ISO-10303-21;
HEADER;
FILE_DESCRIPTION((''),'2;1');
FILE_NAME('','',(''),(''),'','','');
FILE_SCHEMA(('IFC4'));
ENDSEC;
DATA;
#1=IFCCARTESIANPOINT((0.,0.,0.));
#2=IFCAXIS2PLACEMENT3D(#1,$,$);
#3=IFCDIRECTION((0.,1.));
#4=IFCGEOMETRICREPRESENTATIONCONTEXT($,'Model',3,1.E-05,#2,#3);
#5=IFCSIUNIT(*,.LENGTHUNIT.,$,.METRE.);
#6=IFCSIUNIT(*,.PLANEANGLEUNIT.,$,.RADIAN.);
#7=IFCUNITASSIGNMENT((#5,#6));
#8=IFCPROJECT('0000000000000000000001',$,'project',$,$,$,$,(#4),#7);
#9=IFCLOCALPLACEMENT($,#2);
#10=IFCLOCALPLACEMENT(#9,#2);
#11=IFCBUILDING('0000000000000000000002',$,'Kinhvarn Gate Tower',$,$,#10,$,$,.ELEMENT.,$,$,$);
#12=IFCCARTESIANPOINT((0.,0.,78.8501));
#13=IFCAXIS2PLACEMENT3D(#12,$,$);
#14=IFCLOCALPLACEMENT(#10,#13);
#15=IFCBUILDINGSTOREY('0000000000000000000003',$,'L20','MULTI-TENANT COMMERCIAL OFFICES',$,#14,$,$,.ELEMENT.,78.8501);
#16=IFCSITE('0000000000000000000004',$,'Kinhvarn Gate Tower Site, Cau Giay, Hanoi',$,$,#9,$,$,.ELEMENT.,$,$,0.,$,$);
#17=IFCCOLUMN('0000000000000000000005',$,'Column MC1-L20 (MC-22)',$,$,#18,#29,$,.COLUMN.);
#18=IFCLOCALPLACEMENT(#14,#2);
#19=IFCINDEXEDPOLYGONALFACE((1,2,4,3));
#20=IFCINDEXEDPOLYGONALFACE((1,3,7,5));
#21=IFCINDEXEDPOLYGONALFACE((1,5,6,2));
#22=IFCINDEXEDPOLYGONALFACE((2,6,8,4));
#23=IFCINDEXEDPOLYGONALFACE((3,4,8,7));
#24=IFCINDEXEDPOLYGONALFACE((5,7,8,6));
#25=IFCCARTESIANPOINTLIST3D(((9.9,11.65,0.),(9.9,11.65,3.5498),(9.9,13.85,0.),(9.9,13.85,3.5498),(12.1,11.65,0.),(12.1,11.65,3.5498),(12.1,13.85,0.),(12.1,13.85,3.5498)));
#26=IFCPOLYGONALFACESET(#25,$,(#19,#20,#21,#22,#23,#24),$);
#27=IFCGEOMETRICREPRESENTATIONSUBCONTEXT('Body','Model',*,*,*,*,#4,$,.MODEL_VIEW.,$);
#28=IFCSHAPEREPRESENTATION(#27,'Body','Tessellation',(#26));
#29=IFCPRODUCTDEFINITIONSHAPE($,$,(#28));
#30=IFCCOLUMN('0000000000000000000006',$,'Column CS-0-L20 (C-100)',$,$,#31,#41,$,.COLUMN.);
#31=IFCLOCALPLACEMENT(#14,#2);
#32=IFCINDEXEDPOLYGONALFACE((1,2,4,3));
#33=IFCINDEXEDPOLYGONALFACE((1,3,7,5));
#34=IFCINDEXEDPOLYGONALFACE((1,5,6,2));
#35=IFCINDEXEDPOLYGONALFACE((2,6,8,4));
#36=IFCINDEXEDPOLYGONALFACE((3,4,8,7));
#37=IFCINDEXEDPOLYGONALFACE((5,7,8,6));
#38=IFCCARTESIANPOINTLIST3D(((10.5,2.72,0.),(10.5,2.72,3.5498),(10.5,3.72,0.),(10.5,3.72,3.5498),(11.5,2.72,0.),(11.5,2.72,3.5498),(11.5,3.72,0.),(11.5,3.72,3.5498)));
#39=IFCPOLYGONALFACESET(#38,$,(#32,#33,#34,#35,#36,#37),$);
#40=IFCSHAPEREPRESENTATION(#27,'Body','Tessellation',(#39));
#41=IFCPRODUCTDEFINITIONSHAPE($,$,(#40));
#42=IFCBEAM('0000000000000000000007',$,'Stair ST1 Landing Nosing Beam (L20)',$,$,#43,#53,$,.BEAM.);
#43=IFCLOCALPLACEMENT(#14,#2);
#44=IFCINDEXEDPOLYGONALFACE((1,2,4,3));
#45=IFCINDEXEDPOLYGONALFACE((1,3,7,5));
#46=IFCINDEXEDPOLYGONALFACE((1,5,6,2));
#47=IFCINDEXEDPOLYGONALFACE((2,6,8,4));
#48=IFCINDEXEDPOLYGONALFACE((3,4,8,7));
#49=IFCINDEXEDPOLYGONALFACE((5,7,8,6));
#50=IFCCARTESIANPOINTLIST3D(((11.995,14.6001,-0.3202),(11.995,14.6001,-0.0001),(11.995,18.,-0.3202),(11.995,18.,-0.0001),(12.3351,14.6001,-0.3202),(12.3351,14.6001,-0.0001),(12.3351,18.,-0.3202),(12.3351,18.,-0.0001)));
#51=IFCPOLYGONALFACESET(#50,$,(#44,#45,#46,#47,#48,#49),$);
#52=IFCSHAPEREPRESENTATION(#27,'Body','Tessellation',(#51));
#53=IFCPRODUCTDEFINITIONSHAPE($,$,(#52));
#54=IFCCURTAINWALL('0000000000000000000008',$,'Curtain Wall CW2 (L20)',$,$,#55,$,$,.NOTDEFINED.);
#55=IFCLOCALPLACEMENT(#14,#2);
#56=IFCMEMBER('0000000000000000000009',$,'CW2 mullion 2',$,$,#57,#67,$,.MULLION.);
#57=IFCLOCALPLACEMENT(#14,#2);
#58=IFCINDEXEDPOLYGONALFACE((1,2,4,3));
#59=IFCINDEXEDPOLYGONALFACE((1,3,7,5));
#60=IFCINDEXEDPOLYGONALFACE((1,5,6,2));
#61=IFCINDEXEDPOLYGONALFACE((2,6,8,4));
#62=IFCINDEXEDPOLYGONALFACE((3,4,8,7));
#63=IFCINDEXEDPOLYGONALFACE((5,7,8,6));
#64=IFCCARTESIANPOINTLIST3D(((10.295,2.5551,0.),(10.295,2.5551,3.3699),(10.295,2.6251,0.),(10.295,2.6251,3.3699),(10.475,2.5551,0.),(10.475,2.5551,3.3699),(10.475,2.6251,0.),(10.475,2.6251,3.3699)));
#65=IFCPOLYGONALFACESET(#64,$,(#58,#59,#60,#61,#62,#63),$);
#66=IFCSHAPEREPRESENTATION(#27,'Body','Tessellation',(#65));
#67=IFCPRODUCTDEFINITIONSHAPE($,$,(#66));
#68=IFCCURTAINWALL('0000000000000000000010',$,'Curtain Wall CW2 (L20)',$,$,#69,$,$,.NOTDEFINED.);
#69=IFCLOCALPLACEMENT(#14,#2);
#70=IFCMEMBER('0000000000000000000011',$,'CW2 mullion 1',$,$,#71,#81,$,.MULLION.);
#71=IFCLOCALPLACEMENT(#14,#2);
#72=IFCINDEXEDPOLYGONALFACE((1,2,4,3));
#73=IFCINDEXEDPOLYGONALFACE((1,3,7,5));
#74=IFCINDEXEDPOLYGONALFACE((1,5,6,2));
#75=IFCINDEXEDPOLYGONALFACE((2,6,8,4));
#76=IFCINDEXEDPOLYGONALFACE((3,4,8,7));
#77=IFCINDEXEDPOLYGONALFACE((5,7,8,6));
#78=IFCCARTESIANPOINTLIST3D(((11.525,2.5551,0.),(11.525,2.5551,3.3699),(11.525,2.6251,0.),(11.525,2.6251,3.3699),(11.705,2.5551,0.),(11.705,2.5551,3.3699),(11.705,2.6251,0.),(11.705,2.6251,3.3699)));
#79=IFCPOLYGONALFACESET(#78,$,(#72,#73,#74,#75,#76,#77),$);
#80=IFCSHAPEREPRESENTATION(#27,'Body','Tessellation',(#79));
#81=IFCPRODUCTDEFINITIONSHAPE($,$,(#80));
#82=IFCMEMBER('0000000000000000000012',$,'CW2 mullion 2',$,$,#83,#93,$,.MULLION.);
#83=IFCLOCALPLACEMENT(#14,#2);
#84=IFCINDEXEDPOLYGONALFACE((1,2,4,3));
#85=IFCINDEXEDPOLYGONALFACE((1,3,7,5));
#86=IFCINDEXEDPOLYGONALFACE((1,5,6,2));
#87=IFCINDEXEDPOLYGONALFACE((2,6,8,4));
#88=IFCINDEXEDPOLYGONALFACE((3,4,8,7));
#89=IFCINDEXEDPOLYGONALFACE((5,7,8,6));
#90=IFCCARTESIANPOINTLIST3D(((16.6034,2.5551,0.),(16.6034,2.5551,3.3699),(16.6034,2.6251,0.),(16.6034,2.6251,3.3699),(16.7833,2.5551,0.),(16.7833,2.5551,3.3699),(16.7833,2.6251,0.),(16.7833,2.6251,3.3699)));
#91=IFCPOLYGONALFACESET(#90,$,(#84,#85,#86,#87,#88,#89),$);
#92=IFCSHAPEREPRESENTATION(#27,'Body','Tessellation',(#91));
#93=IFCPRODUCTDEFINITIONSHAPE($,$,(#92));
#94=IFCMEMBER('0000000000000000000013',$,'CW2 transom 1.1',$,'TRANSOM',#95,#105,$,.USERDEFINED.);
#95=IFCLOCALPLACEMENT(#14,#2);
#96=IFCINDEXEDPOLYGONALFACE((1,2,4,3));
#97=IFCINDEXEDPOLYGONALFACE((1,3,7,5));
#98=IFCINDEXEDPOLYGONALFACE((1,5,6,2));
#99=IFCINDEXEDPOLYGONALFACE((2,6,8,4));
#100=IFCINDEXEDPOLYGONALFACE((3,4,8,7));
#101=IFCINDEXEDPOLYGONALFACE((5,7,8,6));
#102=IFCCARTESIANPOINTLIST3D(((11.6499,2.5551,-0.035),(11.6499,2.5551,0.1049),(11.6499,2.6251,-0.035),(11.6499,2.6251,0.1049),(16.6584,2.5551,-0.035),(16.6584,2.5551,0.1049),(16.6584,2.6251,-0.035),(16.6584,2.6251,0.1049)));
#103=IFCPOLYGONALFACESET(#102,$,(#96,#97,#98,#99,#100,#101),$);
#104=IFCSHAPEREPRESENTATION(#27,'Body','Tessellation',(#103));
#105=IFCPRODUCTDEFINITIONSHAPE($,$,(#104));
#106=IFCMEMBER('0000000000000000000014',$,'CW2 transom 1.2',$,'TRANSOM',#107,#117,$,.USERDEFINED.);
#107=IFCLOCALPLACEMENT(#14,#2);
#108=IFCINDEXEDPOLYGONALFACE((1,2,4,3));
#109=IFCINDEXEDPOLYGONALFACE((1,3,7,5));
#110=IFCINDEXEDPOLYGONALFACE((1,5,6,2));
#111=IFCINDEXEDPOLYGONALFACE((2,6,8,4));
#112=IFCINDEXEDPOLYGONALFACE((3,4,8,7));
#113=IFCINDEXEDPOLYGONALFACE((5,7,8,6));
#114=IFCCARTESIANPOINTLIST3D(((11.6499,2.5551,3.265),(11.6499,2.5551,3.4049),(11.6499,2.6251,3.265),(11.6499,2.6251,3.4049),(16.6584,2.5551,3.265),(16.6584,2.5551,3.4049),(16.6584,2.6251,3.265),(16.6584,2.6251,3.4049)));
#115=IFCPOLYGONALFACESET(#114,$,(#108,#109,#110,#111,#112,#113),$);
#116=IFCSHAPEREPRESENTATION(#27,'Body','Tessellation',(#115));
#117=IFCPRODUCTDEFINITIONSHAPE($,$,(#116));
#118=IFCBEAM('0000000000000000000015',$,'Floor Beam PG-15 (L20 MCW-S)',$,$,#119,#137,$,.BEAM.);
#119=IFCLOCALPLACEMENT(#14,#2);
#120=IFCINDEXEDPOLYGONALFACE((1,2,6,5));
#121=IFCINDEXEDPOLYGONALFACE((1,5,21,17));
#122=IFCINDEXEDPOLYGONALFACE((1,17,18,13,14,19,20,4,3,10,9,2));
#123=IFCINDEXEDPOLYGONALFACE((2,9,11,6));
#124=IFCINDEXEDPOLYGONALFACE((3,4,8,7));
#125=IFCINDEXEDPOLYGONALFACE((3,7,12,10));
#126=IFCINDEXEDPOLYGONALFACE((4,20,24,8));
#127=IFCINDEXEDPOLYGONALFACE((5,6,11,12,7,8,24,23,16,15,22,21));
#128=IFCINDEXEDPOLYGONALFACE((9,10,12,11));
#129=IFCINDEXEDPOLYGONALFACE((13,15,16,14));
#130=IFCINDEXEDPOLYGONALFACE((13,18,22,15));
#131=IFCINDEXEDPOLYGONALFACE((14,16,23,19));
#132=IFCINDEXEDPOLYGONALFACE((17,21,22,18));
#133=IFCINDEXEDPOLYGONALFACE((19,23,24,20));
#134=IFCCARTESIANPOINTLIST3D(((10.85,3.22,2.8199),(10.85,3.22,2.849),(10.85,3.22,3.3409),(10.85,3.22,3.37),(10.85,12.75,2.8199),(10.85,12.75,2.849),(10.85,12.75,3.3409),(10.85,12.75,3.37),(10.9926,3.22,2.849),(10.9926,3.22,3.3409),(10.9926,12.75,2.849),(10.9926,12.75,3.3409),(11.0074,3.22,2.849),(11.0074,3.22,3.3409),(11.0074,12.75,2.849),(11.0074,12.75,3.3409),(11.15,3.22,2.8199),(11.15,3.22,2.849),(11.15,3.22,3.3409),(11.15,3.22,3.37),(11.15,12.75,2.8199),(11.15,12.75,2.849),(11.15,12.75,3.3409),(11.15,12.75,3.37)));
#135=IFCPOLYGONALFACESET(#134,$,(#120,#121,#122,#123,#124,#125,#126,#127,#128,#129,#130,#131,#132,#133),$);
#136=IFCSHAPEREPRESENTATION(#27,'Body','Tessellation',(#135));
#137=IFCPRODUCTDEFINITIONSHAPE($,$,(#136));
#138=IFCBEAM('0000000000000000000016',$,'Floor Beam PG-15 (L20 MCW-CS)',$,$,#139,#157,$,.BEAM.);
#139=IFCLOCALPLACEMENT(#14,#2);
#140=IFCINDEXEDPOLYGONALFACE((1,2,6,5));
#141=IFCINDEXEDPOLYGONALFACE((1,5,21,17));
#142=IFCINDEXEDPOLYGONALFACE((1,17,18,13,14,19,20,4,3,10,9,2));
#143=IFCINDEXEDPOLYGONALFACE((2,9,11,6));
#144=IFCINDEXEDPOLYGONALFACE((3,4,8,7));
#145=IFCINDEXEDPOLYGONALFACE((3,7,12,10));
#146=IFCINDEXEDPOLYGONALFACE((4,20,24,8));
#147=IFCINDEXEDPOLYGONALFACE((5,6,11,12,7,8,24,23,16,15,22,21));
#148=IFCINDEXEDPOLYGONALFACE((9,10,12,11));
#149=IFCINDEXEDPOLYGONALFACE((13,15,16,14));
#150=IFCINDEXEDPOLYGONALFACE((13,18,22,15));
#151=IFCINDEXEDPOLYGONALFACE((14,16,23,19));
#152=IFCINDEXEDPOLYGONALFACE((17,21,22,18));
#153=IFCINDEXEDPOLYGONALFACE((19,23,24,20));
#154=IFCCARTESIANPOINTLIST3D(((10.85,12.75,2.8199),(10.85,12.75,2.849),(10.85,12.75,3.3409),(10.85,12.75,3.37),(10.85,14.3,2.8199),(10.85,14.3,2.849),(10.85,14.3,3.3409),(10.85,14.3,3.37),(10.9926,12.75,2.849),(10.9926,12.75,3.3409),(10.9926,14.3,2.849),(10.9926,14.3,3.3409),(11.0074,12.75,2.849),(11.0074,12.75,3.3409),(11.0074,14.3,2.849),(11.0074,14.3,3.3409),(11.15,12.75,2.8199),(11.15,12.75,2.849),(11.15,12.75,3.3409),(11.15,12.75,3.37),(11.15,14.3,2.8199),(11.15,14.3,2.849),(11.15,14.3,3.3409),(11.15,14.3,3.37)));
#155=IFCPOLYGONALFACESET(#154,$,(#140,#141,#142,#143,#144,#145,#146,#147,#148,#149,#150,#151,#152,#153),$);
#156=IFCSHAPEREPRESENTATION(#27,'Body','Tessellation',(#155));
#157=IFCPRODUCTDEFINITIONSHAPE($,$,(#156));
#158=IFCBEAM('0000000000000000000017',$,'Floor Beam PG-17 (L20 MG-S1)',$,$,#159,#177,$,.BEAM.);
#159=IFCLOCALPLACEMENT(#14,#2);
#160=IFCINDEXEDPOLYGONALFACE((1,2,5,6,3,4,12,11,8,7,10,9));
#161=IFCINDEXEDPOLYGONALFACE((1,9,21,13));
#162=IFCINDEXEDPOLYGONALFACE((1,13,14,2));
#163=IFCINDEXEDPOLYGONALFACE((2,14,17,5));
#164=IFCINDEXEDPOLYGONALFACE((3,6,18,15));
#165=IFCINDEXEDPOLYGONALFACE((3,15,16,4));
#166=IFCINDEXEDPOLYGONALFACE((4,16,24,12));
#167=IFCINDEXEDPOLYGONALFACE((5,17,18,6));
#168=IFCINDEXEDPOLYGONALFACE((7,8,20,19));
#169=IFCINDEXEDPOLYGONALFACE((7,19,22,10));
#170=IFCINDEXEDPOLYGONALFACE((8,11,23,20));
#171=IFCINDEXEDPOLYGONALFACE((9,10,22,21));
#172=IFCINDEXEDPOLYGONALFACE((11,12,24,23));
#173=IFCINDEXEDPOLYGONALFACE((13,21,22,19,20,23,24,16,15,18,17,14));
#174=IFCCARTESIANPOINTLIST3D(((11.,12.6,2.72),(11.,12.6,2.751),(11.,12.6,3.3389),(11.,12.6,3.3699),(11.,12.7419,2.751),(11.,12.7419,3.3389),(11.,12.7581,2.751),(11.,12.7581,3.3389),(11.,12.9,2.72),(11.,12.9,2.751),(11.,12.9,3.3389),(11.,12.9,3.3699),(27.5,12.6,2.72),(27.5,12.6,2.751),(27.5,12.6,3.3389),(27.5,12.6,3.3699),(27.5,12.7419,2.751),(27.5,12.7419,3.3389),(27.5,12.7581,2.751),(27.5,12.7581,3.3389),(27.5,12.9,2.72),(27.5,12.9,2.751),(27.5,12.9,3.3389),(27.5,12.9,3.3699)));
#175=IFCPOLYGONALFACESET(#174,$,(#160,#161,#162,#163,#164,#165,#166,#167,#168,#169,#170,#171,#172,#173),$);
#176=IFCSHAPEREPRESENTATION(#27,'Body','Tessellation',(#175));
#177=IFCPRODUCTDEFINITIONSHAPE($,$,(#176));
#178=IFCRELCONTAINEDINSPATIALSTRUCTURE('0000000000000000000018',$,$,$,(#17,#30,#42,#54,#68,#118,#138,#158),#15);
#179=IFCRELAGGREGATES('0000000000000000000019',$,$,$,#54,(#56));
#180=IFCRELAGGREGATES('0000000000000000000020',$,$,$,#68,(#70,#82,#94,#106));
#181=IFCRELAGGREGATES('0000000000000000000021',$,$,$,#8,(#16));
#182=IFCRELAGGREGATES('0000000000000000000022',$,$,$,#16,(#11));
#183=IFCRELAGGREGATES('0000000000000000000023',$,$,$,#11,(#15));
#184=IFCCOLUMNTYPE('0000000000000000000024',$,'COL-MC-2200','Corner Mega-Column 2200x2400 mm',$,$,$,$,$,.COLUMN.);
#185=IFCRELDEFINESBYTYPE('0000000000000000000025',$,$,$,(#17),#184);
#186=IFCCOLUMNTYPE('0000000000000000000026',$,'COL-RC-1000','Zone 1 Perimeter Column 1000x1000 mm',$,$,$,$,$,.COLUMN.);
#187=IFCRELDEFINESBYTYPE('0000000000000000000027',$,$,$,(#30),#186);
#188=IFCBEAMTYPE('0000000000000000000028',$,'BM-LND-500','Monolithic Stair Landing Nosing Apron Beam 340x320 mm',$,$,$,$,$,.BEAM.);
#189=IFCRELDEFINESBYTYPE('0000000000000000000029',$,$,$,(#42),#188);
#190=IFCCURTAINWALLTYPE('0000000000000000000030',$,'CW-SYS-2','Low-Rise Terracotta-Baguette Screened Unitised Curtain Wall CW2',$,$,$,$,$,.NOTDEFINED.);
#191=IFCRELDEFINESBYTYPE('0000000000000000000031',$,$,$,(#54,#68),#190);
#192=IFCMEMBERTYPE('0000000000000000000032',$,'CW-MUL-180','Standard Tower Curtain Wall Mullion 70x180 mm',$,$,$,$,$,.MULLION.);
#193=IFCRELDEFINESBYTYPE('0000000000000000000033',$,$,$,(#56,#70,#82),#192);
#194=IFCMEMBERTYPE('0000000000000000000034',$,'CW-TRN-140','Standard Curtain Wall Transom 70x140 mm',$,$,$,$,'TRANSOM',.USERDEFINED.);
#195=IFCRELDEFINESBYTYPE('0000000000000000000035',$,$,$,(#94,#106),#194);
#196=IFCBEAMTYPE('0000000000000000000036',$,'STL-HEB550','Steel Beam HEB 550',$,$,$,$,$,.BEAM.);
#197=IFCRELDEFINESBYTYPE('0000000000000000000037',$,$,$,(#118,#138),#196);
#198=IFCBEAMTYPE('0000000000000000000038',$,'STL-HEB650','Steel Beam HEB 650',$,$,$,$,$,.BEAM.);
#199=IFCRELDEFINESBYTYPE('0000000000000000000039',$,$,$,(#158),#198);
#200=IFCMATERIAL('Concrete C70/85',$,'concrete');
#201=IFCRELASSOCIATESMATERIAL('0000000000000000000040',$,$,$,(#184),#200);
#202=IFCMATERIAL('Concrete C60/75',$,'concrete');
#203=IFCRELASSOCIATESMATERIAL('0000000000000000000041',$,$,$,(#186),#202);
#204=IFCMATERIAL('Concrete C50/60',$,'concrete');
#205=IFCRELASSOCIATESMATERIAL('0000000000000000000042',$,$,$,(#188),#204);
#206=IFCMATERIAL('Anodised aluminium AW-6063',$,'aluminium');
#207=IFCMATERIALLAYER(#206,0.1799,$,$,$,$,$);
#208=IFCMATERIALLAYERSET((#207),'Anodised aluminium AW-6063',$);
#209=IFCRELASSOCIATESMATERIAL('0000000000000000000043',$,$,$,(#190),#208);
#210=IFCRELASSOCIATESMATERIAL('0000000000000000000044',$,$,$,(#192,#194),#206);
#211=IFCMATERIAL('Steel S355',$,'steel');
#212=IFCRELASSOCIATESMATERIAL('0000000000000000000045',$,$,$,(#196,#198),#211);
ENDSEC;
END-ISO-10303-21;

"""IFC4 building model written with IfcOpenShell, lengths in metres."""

from ifc_helpers import new_model, si_unit, direction, frame, origin, origin_2d, place, context, subcontext, project, spatial, rectangle, i_section, extrude, material, layer, layer_set, material_profile, profile_set, type_object, element, aggregate, save


model = new_model("IFC4")

# Units and contexts
model_context = context("Model", 3, precision=1e-05, world=origin(), true_north=direction((0.0, 1.0)))
body_context = subcontext(model_context, "Body", "Model", "MODEL_VIEW")
ifc_project = project(units=[si_unit("LENGTHUNIT", "METRE"), si_unit("PLANEANGLEUNIT", "RADIAN")], contexts=[model_context])

# Site, building, storey
site_placement = place(None, origin())
site = spatial("IfcSite", under=ifc_project, at=site_placement, Name="Kinhvarn Gate Tower Site, Cau Giay, Hanoi", CompositionType="ELEMENT", RefElevation=0.0)
building_placement = place(site_placement, origin())
building = spatial("IfcBuilding", under=site, at=building_placement, Name="Kinhvarn Gate Tower", CompositionType="ELEMENT")
storey_placement = place(building_placement, frame((0.0, 0.0, 78.8501)))
storey = spatial("IfcBuildingStorey", under=building, at=storey_placement, Name="L20", Description="MULTI-TENANT COMMERCIAL OFFICES", CompositionType="ELEMENT", Elevation=78.8501)

# Columns
ifc_material_1 = material(Name="Concrete C70/85", Category="concrete")
ifc_material_profile_1 = material_profile(ifc_material_1, rectangle(XDim=2.2, YDim=2.2, at=origin_2d()), Name="RC 2200x2200")
ifc_profile_set_1 = profile_set([ifc_material_profile_1], Name="Concrete C70/85")
column_type_1 = type_object("IfcColumnType", Name="COL-MC-2200", Description="Corner Mega-Column 2200x2400 mm", PredefinedType="COLUMN", material=ifc_profile_set_1)
column_1_placement = place(storey_placement, frame((11.0, 12.75, 0.0), z_axis=(0.0, 0.0, 1.0), x_axis=(1.0, 0.0, 0.0)))
element("IfcColumn", 1, at=column_1_placement, inside=storey, type_object=column_type_1, Name="Column MC1-L20 (MC-22)", PredefinedType="COLUMN", context=body_context, shape_type="SweptSolid", body=[
    extrude(rectangle(XDim=2.2, YDim=2.2, at=origin_2d()), origin(), (0.0, 0.0, 1.0), 3.5498),
])
ifc_material_2 = material(Name="Concrete C60/75", Category="concrete")
ifc_material_profile_2 = material_profile(ifc_material_2, rectangle(XDim=1.0, YDim=1.0, at=origin_2d()), Name="RC 1000x1000")
ifc_profile_set_2 = profile_set([ifc_material_profile_2], Name="Concrete C60/75")
column_type_2 = type_object("IfcColumnType", Name="COL-RC-1000", Description="Zone 1 Perimeter Column 1000x1000 mm", PredefinedType="COLUMN", material=ifc_profile_set_2)
column_2_placement = place(storey_placement, frame((11.0, 3.22, 0.0), z_axis=(0.0, 0.0, 1.0), x_axis=(1.0, 0.0, 0.0)))
element("IfcColumn", 2, at=column_2_placement, inside=storey, type_object=column_type_2, Name="Column CS-0-L20 (C-100)", PredefinedType="COLUMN", context=body_context, shape_type="SweptSolid", body=[
    extrude(rectangle(XDim=1.0, YDim=1.0, at=origin_2d()), origin(), (0.0, 0.0, 1.0), 3.5498),
])

# Beam
ifc_material_3 = material(Name="Concrete C50/60", Category="concrete")
ifc_material_profile_3 = material_profile(ifc_material_3, rectangle(XDim=0.3401, YDim=0.3201, at=origin_2d()), Name="RC 340x320")
ifc_profile_set_3 = profile_set([ifc_material_profile_3], Name="Concrete C50/60")
beam_type_1 = type_object("IfcBeamType", Name="BM-LND-500", Description="Monolithic Stair Landing Nosing Apron Beam 340x320 mm", PredefinedType="BEAM", material=ifc_profile_set_3)
beam_1_placement = place(storey_placement, frame((12.165, 14.6001, -0.1602), z_axis=(0.0, 1.0, 0.0), x_axis=(-1.0, 0.0, 0.0)))
element("IfcBeam", 3, at=beam_1_placement, inside=storey, type_object=beam_type_1, Name="Stair ST1 Landing Nosing Beam (L20)", PredefinedType="BEAM", context=body_context, shape_type="SweptSolid", body=[
    extrude(rectangle(XDim=0.3401, YDim=0.3201, at=origin_2d()), origin(), (0.0, 0.0, 1.0), 3.3999),
])

# Curtain wall, member
ifc_material_4 = material(Name="Anodised aluminium AW-6063", Category="aluminium")
ifc_layer_1 = layer(ifc_material_4, 0.1799)
ifc_layer_set_1 = layer_set([ifc_layer_1], Name="Anodised aluminium AW-6063")
curtain_wall_type = type_object("IfcCurtainWallType", Name="CW-SYS-2", Description="Low-Rise Terracotta-Baguette Screened Unitised Curtain Wall CW2", PredefinedType="NOTDEFINED", material=ifc_layer_set_1)
curtain_wall_1_placement = place(storey_placement, origin())
curtain_wall_1 = element("IfcCurtainWall", 4, at=curtain_wall_1_placement, inside=storey, type_object=curtain_wall_type, Name="Curtain Wall CW2 (L20)", PredefinedType="NOTDEFINED")
ifc_material_profile_4 = material_profile(ifc_material_4, rectangle(XDim=0.0701, YDim=0.1799, at=origin_2d()), Name="ALU 70x180")
ifc_profile_set_4 = profile_set([ifc_material_profile_4], Name="Anodised aluminium AW-6063")
member_type_1 = type_object("IfcMemberType", Name="CW-MUL-180", Description="Standard Tower Curtain Wall Mullion 70x180 mm", PredefinedType="MULLION", material=ifc_profile_set_4)
member_1_placement = place(storey_placement, frame((10.385, 2.5901, 0.0), z_axis=(0.0, 0.0, 1.0), x_axis=(0.0, 1.0, 0.0)))
member_1 = element("IfcMember", 5, at=member_1_placement, type_object=member_type_1, Name="CW2 mullion 2", PredefinedType="MULLION", context=body_context, shape_type="SweptSolid", body=[
    extrude(rectangle(XDim=0.0701, YDim=0.1799, at=origin_2d()), origin(), (0.0, 0.0, 1.0), 3.3699),
])
aggregate(curtain_wall_1, [member_1])

# Curtain wall, members
curtain_wall_2_placement = place(storey_placement, origin())
curtain_wall_2 = element("IfcCurtainWall", 6, at=curtain_wall_2_placement, inside=storey, type_object=curtain_wall_type, Name="Curtain Wall CW2 (L20)", PredefinedType="NOTDEFINED")
member_2_placement = place(storey_placement, frame((11.615, 2.5901, 0.0), z_axis=(0.0, 0.0, 1.0), x_axis=(0.0, 1.0, 0.0)))
member_2 = element("IfcMember", 7, at=member_2_placement, type_object=member_type_1, Name="CW2 mullion 1", PredefinedType="MULLION", context=body_context, shape_type="SweptSolid", body=[
    extrude(rectangle(XDim=0.0701, YDim=0.1799, at=origin_2d()), origin(), (0.0, 0.0, 1.0), 3.3699),
])
member_3_placement = place(storey_placement, frame((16.6934, 2.5901, 0.0), z_axis=(0.0, 0.0, 1.0), x_axis=(0.0, 1.0, 0.0)))
member_3 = element("IfcMember", 8, at=member_3_placement, type_object=member_type_1, Name="CW2 mullion 2", PredefinedType="MULLION", context=body_context, shape_type="SweptSolid", body=[
    extrude(rectangle(XDim=0.0701, YDim=0.1799, at=origin_2d()), origin(), (0.0, 0.0, 1.0), 3.3699),
])
ifc_material_profile_5 = material_profile(ifc_material_4, rectangle(XDim=0.0701, YDim=0.1399, at=origin_2d()), Name="ALU 70x140")
ifc_profile_set_5 = profile_set([ifc_material_profile_5], Name="Anodised aluminium AW-6063")
member_type_2 = type_object("IfcMemberType", Name="CW-TRN-140", Description="Standard Curtain Wall Transom 70x140 mm", ElementType="TRANSOM", PredefinedType="USERDEFINED", material=ifc_profile_set_5)
member_4_placement = place(storey_placement, frame((11.6499, 2.5901, 0.0349), z_axis=(1.0, 0.0, 0.0), x_axis=(0.0, 1.0, 0.0)))
member_4 = element("IfcMember", 9, at=member_4_placement, type_object=member_type_2, Name="CW2 transom 1.1", ObjectType="TRANSOM", PredefinedType="USERDEFINED", context=body_context, shape_type="SweptSolid", body=[
    extrude(rectangle(XDim=0.0701, YDim=0.1399, at=origin_2d()), origin(), (0.0, 0.0, 1.0), 5.0085),
])
member_5_placement = place(storey_placement, frame((11.6499, 2.5901, 3.335), z_axis=(1.0, 0.0, 0.0), x_axis=(0.0, 1.0, 0.0)))
member_5 = element("IfcMember", 10, at=member_5_placement, type_object=member_type_2, Name="CW2 transom 1.2", ObjectType="TRANSOM", PredefinedType="USERDEFINED", context=body_context, shape_type="SweptSolid", body=[
    extrude(rectangle(XDim=0.0701, YDim=0.1399, at=origin_2d()), origin(), (0.0, 0.0, 1.0), 5.0085),
])

# Beams
ifc_material_5 = material(Name="Steel S355", Category="steel")
ifc_material_profile_6 = material_profile(ifc_material_5, i_section(OverallWidth=0.3, OverallDepth=0.55, WebThickness=0.0149, FlangeThickness=0.0291, at=origin_2d()), Name="HEB 550")
ifc_profile_set_6 = profile_set([ifc_material_profile_6], Name="Steel S355")
beam_type_2 = type_object("IfcBeamType", Name="STL-HEB550", Description="Steel Beam HEB 550", PredefinedType="BEAM", material=ifc_profile_set_6)
beam_2_placement = place(storey_placement, frame((11.0, 3.22, 3.095), z_axis=(0.0, 1.0, 0.0), x_axis=(-1.0, 0.0, 0.0)))
element("IfcBeam", 11, at=beam_2_placement, inside=storey, type_object=beam_type_2, Name="Floor Beam PG-15 (L20 MCW-S)", PredefinedType="BEAM", context=body_context, shape_type="SweptSolid", body=[
    extrude(i_section(OverallWidth=0.3, OverallDepth=0.55, WebThickness=0.0149, FlangeThickness=0.0291, at=origin_2d()), origin(), (0.0, 0.0, 1.0), 9.53),
])
beam_3_placement = place(storey_placement, frame((11.0, 12.75, 3.095), z_axis=(0.0, 1.0, 0.0), x_axis=(-1.0, 0.0, 0.0)))
element("IfcBeam", 12, at=beam_3_placement, inside=storey, type_object=beam_type_2, Name="Floor Beam PG-15 (L20 MCW-CS)", PredefinedType="BEAM", context=body_context, shape_type="SweptSolid", body=[
    extrude(i_section(OverallWidth=0.3, OverallDepth=0.55, WebThickness=0.0149, FlangeThickness=0.0291, at=origin_2d()), origin(), (0.0, 0.0, 1.0), 1.55),
])
ifc_material_profile_7 = material_profile(ifc_material_5, i_section(OverallWidth=0.3, OverallDepth=0.6499, WebThickness=0.0161, FlangeThickness=0.031, at=origin_2d()), Name="HEB 650")
ifc_profile_set_7 = profile_set([ifc_material_profile_7], Name="Steel S355")
beam_type_3 = type_object("IfcBeamType", Name="STL-HEB650", Description="Steel Beam HEB 650", PredefinedType="BEAM", material=ifc_profile_set_7)
beam_4_placement = place(storey_placement, frame((11.0, 12.75, 3.0449), z_axis=(1.0, 0.0, 0.0), x_axis=(0.0, 1.0, 0.0)))
element("IfcBeam", 13, at=beam_4_placement, inside=storey, type_object=beam_type_3, Name="Floor Beam PG-17 (L20 MG-S1)", PredefinedType="BEAM", context=body_context, shape_type="SweptSolid", body=[
    extrude(i_section(OverallWidth=0.3, OverallDepth=0.6499, WebThickness=0.0161, FlangeThickness=0.031, at=origin_2d()), origin(), (0.0, 0.0, 1.0), 16.5),
])

aggregate(curtain_wall_2, [member_2, member_3, member_4, member_5])

save(model, "model.ifc")
